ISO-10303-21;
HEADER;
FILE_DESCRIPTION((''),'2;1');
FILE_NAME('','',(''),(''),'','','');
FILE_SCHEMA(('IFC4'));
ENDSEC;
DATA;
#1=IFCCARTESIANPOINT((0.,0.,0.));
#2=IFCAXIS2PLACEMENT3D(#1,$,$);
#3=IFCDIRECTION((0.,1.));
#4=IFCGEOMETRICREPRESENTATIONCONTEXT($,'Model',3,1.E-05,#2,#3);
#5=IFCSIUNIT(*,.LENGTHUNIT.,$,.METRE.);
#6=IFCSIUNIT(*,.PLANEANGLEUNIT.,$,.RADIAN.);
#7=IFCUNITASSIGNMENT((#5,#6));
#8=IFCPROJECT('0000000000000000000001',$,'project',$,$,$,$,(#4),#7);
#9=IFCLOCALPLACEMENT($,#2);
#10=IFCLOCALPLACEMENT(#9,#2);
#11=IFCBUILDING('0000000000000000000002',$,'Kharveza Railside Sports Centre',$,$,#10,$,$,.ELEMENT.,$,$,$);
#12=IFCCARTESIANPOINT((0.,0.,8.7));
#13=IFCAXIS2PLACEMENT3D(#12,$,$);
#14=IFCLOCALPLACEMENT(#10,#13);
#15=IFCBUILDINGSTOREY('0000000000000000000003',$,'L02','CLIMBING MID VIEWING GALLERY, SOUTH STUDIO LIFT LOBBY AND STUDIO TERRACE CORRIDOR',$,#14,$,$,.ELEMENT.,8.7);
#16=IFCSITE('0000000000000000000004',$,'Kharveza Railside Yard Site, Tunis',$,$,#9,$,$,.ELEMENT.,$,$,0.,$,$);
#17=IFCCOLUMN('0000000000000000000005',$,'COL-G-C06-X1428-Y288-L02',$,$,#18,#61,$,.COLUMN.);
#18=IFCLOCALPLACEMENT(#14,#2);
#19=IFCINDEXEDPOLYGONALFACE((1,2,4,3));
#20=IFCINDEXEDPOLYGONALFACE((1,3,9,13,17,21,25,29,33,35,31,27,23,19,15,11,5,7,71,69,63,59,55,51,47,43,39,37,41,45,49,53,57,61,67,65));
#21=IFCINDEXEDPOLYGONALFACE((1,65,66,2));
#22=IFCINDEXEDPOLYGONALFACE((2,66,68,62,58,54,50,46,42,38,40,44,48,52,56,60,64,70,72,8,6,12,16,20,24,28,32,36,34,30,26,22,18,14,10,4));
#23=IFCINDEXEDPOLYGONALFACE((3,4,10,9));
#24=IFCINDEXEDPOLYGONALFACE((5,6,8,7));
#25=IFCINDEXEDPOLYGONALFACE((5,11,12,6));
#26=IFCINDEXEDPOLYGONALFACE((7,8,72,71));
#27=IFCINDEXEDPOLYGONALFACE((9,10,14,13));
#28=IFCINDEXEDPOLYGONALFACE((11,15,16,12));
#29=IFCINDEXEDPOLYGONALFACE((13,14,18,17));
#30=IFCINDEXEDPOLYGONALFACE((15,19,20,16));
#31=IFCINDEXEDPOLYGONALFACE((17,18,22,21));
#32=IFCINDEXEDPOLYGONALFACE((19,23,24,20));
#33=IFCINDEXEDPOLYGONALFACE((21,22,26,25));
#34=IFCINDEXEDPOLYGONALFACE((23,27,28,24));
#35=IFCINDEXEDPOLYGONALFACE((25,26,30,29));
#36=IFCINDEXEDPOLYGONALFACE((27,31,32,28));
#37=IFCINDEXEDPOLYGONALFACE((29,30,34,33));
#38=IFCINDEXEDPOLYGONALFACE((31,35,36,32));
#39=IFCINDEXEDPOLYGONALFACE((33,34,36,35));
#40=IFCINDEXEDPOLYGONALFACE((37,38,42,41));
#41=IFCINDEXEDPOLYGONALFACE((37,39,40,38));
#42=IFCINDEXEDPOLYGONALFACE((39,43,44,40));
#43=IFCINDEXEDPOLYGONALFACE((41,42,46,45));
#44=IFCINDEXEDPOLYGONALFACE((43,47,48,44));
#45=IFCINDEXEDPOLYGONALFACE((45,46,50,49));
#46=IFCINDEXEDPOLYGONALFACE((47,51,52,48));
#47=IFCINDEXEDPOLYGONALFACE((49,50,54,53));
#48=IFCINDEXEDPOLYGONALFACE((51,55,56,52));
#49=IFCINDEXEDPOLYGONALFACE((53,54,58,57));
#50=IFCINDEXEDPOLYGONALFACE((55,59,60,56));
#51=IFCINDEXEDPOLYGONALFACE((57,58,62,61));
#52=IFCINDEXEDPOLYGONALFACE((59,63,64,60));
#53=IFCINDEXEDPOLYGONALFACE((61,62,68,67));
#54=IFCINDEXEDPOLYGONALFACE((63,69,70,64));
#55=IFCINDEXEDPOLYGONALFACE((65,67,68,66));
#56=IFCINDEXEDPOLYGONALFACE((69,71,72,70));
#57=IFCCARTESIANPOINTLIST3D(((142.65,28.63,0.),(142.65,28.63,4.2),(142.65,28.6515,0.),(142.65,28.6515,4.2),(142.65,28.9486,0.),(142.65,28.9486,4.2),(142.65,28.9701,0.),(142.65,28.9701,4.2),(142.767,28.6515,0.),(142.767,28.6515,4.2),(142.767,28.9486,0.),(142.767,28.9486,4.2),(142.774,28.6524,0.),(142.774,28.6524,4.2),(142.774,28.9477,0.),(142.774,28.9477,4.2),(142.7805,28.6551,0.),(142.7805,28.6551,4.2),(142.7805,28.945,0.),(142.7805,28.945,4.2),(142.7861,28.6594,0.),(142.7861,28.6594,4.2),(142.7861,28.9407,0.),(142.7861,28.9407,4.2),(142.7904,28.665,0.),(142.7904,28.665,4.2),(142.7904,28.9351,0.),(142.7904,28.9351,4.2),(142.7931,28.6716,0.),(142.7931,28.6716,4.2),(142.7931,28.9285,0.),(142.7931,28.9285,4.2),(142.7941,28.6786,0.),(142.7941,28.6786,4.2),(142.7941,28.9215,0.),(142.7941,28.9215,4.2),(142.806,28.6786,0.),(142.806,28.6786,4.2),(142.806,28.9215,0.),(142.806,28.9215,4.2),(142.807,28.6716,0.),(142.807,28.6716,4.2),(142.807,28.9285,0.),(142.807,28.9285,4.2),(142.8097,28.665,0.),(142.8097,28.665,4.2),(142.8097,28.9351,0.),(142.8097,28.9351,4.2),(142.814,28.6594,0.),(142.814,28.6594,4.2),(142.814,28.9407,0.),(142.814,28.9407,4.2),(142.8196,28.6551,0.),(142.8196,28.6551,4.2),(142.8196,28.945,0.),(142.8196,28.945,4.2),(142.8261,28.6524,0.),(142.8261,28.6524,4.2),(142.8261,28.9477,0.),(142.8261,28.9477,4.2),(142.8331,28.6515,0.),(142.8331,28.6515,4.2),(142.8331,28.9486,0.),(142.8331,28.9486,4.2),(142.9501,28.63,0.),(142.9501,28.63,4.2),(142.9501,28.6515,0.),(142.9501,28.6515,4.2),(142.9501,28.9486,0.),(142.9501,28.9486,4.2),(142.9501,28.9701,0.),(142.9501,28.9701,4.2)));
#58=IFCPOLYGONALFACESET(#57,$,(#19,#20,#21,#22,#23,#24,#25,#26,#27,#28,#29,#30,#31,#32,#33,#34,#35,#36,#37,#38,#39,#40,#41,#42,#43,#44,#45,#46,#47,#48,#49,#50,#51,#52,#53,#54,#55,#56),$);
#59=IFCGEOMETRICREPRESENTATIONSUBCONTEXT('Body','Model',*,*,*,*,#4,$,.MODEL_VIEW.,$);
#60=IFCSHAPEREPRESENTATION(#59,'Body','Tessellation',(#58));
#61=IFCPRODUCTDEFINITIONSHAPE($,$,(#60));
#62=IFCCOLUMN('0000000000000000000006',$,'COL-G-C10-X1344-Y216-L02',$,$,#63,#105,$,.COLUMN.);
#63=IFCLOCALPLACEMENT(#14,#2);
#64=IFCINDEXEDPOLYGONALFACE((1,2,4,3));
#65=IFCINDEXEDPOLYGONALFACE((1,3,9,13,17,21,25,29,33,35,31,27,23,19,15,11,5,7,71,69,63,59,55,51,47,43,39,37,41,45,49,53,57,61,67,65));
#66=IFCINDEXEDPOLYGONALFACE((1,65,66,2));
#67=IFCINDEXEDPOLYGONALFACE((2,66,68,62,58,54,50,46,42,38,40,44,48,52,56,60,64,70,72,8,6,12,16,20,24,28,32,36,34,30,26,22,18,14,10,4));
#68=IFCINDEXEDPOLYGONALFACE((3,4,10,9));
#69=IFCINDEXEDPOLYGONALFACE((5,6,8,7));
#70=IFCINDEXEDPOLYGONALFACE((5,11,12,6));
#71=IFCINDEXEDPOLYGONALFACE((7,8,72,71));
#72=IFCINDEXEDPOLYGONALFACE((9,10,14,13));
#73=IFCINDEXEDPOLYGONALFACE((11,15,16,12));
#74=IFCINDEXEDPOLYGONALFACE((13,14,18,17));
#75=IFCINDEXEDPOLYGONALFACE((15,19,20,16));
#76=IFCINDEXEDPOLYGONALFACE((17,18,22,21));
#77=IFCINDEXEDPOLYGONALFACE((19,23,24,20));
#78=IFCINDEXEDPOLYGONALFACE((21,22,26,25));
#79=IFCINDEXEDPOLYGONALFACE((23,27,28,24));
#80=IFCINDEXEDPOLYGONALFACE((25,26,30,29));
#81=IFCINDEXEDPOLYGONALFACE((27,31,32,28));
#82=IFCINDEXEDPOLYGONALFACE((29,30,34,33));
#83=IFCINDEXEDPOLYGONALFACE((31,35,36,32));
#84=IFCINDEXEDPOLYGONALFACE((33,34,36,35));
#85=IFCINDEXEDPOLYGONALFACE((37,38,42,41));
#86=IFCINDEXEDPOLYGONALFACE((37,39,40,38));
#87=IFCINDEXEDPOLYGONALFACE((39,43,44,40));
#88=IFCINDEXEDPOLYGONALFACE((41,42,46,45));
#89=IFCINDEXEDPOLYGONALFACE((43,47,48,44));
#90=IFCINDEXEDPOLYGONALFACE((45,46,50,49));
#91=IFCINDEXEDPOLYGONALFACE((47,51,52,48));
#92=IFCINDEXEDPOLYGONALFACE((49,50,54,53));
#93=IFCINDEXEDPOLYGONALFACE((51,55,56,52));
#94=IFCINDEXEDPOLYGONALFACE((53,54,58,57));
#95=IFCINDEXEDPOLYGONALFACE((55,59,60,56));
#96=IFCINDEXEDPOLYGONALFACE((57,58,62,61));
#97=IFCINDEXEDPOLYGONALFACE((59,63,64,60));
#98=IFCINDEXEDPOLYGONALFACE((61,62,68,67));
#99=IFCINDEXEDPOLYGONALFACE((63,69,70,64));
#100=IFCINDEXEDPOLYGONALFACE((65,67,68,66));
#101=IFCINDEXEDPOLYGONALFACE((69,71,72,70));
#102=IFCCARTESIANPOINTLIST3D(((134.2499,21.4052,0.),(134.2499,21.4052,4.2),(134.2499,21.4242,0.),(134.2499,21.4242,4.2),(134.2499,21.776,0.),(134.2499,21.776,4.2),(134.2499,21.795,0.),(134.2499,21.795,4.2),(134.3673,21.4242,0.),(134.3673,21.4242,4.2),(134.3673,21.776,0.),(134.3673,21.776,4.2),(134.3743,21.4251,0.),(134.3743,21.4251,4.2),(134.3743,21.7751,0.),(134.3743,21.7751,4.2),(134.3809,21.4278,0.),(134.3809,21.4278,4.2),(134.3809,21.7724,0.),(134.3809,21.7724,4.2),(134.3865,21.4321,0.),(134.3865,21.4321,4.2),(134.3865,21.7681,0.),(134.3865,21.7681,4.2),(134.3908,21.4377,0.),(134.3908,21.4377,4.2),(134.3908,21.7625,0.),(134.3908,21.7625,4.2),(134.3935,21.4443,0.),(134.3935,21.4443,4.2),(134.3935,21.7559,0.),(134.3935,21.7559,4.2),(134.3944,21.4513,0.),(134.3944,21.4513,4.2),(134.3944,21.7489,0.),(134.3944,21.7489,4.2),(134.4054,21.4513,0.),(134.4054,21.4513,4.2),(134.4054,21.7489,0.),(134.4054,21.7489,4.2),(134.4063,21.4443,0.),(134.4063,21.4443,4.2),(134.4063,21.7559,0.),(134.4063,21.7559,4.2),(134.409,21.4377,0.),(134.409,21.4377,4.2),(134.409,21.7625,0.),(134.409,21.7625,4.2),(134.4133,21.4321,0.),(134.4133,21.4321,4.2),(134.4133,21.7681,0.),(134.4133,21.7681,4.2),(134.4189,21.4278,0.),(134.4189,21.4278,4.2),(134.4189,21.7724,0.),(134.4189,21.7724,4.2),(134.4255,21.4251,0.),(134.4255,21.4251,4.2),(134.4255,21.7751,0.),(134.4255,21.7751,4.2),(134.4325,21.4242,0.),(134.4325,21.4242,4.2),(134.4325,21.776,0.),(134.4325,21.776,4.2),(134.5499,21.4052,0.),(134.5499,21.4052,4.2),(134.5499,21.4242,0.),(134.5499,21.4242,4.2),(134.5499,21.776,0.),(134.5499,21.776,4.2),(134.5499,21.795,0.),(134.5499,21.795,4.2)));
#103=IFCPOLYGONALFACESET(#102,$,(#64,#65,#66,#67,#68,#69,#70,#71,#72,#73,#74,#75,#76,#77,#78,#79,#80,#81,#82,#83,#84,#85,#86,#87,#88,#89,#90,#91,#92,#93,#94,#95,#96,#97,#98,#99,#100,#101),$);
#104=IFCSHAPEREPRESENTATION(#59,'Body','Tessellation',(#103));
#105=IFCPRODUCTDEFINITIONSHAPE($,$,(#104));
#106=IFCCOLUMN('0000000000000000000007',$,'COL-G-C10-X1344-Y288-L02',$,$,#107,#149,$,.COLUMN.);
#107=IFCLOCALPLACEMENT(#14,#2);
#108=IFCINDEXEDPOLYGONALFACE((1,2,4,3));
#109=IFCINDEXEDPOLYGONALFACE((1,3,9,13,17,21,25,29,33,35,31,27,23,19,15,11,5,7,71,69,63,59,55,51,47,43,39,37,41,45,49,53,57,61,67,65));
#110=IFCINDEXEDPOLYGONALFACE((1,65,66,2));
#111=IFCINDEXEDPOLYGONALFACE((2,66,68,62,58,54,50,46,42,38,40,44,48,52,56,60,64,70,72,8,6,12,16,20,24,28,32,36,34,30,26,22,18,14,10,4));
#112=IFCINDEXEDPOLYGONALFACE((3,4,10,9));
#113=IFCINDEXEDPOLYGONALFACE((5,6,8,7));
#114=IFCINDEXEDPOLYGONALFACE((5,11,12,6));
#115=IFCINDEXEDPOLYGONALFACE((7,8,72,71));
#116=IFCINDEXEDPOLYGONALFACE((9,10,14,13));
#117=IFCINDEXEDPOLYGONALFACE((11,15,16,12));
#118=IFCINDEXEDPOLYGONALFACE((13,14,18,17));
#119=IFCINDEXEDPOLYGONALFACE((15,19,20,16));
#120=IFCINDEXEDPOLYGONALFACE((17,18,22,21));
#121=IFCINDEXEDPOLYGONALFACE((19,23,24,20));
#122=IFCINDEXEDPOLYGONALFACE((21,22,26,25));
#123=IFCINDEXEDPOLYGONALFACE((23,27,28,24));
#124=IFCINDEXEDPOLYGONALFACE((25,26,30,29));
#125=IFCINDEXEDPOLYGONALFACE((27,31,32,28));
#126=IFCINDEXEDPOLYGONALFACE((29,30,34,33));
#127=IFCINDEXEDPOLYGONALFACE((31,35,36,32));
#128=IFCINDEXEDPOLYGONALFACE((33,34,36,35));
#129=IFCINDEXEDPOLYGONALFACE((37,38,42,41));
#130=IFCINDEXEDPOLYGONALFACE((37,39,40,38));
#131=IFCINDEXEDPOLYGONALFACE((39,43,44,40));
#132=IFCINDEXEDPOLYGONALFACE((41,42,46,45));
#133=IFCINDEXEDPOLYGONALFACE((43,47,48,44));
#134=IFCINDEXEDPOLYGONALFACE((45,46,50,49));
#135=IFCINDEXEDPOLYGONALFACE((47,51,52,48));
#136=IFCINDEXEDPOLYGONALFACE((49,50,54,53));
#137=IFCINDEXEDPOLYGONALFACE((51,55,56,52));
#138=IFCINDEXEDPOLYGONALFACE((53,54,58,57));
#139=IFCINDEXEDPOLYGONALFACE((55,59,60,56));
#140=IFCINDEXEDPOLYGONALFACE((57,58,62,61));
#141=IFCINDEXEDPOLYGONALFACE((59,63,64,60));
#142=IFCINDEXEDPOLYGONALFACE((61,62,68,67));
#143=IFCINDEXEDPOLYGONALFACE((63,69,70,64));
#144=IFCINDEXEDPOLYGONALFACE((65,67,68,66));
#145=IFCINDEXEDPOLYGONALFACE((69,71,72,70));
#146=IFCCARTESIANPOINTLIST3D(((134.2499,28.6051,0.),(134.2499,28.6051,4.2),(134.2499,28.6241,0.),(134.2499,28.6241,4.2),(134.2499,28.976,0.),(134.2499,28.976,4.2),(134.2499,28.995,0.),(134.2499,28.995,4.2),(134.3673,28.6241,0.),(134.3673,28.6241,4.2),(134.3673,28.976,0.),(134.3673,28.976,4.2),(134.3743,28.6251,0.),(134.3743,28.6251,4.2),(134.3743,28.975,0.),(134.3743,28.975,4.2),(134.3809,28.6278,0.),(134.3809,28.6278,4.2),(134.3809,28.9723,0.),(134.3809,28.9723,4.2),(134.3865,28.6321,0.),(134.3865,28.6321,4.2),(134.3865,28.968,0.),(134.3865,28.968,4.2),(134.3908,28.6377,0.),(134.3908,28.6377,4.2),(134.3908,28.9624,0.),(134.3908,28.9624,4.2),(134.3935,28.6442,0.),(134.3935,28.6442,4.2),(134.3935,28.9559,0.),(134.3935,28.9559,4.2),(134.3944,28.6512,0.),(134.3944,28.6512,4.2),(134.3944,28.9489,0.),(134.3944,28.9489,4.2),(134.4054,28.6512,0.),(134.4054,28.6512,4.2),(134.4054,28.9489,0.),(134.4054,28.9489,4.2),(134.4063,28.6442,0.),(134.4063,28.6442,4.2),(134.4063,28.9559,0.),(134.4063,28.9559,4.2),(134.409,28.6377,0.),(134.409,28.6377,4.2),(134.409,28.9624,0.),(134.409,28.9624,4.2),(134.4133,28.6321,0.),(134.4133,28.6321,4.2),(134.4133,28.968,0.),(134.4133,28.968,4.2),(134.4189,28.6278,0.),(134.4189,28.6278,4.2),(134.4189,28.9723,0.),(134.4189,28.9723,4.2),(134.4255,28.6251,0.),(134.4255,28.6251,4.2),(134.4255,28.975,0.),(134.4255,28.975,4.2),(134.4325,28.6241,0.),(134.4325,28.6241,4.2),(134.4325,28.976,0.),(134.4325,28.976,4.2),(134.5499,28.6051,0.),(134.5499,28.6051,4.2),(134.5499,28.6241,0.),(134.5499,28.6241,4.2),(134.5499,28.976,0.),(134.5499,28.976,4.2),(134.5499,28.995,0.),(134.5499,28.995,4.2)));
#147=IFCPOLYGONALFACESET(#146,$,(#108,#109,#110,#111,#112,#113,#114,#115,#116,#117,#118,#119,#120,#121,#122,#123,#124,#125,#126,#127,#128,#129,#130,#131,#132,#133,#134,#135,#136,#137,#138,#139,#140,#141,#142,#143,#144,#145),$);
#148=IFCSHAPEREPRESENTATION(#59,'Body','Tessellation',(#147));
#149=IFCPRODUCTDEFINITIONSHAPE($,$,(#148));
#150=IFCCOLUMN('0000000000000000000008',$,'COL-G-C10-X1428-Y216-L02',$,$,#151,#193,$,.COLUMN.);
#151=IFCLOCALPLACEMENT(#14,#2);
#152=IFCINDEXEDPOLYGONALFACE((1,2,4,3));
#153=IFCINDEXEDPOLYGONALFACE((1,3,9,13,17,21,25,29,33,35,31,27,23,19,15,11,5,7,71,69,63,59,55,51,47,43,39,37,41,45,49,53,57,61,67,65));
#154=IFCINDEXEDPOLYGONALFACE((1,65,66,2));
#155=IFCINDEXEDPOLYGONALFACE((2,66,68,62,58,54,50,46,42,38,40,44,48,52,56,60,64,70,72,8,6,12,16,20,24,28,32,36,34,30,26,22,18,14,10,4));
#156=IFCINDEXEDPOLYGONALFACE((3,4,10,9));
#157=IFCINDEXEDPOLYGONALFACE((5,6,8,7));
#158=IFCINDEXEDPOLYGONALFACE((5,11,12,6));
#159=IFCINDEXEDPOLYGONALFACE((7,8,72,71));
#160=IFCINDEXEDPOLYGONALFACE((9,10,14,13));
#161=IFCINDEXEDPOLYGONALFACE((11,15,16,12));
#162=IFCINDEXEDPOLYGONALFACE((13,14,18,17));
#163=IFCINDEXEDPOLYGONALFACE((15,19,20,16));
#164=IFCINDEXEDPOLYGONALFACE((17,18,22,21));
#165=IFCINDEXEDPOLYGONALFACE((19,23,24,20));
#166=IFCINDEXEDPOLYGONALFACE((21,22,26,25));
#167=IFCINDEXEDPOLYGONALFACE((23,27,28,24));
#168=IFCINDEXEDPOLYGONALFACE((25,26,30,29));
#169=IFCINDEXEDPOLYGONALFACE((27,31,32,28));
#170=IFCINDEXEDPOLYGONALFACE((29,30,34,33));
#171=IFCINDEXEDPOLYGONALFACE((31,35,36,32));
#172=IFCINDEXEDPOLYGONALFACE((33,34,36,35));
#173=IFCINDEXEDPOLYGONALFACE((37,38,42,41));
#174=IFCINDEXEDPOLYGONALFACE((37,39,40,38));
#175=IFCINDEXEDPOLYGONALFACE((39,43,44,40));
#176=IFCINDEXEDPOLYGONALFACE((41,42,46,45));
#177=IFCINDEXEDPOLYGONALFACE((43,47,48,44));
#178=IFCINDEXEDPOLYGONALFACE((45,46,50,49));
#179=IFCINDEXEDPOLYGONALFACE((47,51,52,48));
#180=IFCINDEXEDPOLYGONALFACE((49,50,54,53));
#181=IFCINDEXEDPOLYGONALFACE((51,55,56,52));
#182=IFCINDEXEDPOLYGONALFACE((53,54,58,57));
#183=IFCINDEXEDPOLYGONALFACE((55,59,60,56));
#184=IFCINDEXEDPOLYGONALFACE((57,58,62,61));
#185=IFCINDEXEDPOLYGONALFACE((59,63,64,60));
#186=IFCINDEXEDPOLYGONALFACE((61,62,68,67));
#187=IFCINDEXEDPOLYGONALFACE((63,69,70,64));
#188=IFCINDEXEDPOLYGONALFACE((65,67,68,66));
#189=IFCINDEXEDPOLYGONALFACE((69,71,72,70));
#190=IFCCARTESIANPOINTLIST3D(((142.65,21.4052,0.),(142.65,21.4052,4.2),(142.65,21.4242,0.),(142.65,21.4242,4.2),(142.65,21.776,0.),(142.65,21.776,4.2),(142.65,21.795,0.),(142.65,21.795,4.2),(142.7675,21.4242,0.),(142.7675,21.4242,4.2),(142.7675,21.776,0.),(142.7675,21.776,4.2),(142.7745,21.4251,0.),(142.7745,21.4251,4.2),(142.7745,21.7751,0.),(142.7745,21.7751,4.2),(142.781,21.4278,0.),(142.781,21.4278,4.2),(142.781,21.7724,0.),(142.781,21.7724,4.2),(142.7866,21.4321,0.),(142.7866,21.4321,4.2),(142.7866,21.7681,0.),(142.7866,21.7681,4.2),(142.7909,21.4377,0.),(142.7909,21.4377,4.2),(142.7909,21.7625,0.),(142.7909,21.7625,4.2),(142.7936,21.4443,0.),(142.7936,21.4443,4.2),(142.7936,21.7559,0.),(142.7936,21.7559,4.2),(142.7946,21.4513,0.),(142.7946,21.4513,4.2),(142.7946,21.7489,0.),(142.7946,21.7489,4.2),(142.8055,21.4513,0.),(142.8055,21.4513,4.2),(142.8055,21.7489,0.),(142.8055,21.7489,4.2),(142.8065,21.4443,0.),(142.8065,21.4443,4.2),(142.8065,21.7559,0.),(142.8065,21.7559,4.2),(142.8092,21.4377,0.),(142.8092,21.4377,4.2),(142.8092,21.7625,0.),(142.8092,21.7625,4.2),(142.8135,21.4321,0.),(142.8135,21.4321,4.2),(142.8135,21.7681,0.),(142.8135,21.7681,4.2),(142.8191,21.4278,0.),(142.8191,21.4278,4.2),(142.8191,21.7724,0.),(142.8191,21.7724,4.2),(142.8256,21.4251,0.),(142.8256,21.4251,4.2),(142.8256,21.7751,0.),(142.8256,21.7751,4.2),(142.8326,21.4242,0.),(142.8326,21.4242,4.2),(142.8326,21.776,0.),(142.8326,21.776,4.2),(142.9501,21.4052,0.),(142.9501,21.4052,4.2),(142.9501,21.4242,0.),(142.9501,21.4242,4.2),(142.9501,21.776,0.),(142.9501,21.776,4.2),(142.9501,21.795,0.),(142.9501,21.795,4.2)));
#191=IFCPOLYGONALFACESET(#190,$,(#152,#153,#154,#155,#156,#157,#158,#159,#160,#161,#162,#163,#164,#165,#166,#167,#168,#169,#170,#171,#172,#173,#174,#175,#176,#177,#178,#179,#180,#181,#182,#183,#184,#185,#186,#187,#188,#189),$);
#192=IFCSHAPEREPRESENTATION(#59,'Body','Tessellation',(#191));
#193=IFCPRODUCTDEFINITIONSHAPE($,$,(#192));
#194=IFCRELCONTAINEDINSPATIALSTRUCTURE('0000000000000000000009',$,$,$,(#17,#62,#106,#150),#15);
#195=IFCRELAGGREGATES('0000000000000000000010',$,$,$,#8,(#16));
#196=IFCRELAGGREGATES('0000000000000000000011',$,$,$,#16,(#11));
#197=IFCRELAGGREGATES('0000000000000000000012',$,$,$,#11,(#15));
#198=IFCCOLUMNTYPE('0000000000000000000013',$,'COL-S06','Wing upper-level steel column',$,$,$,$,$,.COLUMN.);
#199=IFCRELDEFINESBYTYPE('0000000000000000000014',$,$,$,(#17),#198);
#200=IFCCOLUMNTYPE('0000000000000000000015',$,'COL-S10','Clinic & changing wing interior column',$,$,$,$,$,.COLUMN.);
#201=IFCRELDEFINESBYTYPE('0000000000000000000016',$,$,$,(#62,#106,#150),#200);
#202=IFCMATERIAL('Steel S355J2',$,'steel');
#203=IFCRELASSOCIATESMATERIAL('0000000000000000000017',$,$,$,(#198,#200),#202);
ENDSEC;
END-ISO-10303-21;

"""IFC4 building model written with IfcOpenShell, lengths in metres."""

from ifc_helpers import new_model, si_unit, direction, frame, origin, origin_2d, place, context, subcontext, project, spatial, i_section, extrude, material, material_profile, profile_set, type_object, element, save


model = new_model("IFC4")

# Units and contexts
model_context = context("Model", 3, precision=1e-05, world=origin(), true_north=direction((0.0, 1.0)))
body_context = subcontext(model_context, "Body", "Model", "MODEL_VIEW")
ifc_project = project(units=[si_unit("LENGTHUNIT", "METRE"), si_unit("PLANEANGLEUNIT", "RADIAN")], contexts=[model_context])

# Site, building, storey
site_placement = place(None, origin())
site = spatial("IfcSite", under=ifc_project, at=site_placement, Name="Kharveza Railside Yard Site, Tunis", CompositionType="ELEMENT", RefElevation=0.0)
building_placement = place(site_placement, origin())
building = spatial("IfcBuilding", under=site, at=building_placement, Name="Kharveza Railside Sports Centre", CompositionType="ELEMENT")
storey_placement = place(building_placement, frame((0.0, 0.0, 8.7)))
storey = spatial("IfcBuildingStorey", under=building, at=storey_placement, Name="L02", Description="CLIMBING MID VIEWING GALLERY, SOUTH STUDIO LIFT LOBBY AND STUDIO TERRACE CORRIDOR", CompositionType="ELEMENT", Elevation=8.7)

# Columns
ifc_material_1 = material(Name="Steel S355J2", Category="steel")
ifc_material_profile_1 = material_profile(ifc_material_1, i_section(OverallWidth=0.3, OverallDepth=0.3401, WebThickness=0.012, FlangeThickness=0.0215, FilletRadius=0.0271, at=origin_2d()), Name="HEB 340")
ifc_profile_set_1 = profile_set([ifc_material_profile_1], Name="Steel S355J2")
column_type_1 = type_object("IfcColumnType", Name="COL-S06", Description="Wing upper-level steel column", PredefinedType="COLUMN", material=ifc_profile_set_1)
column_placement = place(storey_placement, frame((142.8, 28.8, 0.0), z_axis=(0.0, 0.0, 1.0), x_axis=(1.0, 0.0, 0.0)))
element("IfcColumn", 1, at=column_placement, inside=storey, type_object=column_type_1, Name="COL-G-C06-X1428-Y288-L02", PredefinedType="COLUMN", context=body_context, shape_type="SweptSolid", body=[
    extrude(i_section(OverallWidth=0.3, OverallDepth=0.3401, WebThickness=0.012, FlangeThickness=0.0215, FilletRadius=0.0271, at=origin_2d()), origin(), (0.0, 0.0, 1.0), 4.2),
])
ifc_material_profile_2 = material_profile(ifc_material_1, i_section(OverallWidth=0.3, OverallDepth=0.3899, WebThickness=0.011, FlangeThickness=0.019, FilletRadius=0.0271, at=origin_2d()), Name="HEA 400")
ifc_profile_set_2 = profile_set([ifc_material_profile_2], Name="Steel S355J2")
column_type_2 = type_object("IfcColumnType", Name="COL-S10", Description="Clinic & changing wing interior column", PredefinedType="COLUMN", material=ifc_profile_set_2)
for number, where, z_axis, x_axis, name in (
    (2, (134.3999, 21.6001, 0.0), (0.0, 0.0, 1.0), (1.0, 0.0, 0.0), "COL-G-C10-X1344-Y216-L02"),
    (3, (134.3999, 28.8, 0.0), (0.0, 0.0, 1.0), (1.0, 0.0, 0.0), "COL-G-C10-X1344-Y288-L02"),
    (4, (142.8, 21.6001, 0.0), (0.0, 0.0, 1.0), (1.0, 0.0, 0.0), "COL-G-C10-X1428-Y216-L02"),
):
    element("IfcColumn", number, at=place(storey_placement, frame(where, z_axis=z_axis, x_axis=x_axis)), inside=storey, type_object=column_type_2, Name=name, PredefinedType="COLUMN", context=body_context, shape_type="SweptSolid", body=[
        extrude(i_section(OverallWidth=0.3, OverallDepth=0.3899, WebThickness=0.011, FlangeThickness=0.019, FilletRadius=0.0271, at=origin_2d()), origin(), (0.0, 0.0, 1.0), 4.2),
    ])

save(model, "model.ifc")
